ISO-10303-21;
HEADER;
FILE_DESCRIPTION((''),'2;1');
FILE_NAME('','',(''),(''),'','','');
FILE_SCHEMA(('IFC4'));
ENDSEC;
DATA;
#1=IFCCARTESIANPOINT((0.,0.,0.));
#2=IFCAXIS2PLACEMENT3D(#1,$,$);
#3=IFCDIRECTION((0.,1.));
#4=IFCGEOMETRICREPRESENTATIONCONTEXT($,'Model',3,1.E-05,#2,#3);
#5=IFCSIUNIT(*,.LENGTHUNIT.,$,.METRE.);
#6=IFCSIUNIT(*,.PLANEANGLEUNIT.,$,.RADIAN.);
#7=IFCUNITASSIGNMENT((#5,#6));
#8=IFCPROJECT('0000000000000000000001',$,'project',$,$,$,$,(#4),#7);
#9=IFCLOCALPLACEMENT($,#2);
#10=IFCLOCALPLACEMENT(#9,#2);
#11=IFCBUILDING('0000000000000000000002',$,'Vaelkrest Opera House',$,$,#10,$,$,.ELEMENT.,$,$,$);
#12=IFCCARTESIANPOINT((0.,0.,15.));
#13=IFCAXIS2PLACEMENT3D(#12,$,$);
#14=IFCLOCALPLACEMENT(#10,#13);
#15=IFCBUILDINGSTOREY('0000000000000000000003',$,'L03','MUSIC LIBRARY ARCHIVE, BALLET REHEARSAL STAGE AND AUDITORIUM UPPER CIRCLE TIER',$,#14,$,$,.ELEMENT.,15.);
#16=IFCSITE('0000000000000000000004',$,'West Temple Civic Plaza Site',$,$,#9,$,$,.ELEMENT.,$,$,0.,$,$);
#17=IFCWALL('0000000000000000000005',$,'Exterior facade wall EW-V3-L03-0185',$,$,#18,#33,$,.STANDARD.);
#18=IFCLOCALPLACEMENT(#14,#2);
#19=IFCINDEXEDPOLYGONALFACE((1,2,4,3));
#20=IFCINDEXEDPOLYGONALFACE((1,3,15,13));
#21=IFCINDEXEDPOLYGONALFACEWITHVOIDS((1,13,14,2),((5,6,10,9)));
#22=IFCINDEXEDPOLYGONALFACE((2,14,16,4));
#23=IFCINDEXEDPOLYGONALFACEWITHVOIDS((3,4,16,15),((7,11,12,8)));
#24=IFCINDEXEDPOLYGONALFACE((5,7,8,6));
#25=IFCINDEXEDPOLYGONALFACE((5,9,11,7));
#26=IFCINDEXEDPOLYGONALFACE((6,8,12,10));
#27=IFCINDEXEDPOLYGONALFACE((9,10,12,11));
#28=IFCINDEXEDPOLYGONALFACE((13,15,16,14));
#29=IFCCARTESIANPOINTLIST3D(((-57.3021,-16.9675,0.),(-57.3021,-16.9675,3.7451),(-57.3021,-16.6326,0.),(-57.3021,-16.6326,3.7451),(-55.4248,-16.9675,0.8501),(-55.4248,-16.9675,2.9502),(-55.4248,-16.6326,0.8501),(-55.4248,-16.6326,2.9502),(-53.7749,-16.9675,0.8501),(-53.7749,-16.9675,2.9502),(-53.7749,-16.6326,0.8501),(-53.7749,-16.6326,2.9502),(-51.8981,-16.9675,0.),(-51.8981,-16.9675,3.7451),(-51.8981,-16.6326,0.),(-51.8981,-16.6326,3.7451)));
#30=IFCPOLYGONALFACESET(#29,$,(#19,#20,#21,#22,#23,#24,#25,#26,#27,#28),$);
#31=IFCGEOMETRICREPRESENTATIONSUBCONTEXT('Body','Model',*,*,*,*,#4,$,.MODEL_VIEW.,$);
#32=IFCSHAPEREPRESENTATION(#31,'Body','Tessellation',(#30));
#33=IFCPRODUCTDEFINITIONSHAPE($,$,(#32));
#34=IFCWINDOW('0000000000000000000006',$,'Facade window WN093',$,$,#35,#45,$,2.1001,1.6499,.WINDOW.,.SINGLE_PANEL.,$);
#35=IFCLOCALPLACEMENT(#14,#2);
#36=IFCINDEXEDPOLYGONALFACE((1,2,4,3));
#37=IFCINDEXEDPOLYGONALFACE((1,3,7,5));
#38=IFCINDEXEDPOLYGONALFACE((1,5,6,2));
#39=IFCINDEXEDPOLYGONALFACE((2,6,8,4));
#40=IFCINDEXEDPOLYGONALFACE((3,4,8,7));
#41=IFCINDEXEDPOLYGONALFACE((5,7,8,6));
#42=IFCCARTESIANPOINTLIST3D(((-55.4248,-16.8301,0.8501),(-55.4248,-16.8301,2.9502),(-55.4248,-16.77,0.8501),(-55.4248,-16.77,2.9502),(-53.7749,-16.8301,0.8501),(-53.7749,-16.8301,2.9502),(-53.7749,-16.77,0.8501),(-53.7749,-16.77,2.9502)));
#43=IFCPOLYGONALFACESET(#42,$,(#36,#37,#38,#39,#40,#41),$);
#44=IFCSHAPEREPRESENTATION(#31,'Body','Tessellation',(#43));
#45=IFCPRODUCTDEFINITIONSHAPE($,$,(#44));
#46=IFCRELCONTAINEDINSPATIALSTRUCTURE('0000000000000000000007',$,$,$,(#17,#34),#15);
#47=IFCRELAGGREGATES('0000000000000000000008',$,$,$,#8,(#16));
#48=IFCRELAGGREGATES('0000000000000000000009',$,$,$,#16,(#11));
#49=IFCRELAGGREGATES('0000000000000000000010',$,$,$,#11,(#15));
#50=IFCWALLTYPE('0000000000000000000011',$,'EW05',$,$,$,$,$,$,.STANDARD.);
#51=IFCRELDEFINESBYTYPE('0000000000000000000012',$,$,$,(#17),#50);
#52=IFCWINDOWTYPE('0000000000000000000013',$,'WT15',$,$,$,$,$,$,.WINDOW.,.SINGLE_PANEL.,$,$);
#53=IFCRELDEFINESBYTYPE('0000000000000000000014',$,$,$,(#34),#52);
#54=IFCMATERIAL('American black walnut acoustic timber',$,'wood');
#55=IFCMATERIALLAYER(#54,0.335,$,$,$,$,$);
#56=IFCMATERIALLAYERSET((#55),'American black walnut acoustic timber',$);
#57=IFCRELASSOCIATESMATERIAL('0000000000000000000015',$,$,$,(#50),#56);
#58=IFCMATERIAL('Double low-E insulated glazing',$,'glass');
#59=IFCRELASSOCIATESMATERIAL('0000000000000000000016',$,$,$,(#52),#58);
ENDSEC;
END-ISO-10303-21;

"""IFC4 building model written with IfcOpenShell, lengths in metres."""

from ifc_helpers import new_model, si_unit, direction, frame, frame_2d, origin, place, context, subcontext, project, spatial, rectangle, extrude, material, layer, layer_set, type_object, element, fill, save


model = new_model("IFC4")

# Units and contexts
model_context = context("Model", 3, precision=1e-05, world=origin(), true_north=direction((0.0, 1.0)))
body_context = subcontext(model_context, "Body", "Model", "MODEL_VIEW")
ifc_project = project(units=[si_unit("LENGTHUNIT", "METRE"), si_unit("PLANEANGLEUNIT", "RADIAN")], contexts=[model_context])

# Site, building, storey
site_placement = place(None, origin())
site = spatial("IfcSite", under=ifc_project, at=site_placement, Name="West Temple Civic Plaza Site", CompositionType="ELEMENT", RefElevation=0.0)
building_placement = place(site_placement, origin())
building = spatial("IfcBuilding", under=site, at=building_placement, Name="Vaelkrest Opera House", CompositionType="ELEMENT")
storey_placement = place(building_placement, frame((0.0, 0.0, 15.0)))
storey = spatial("IfcBuildingStorey", under=building, at=storey_placement, Name="L03", Description="MUSIC LIBRARY ARCHIVE, BALLET REHEARSAL STAGE AND AUDITORIUM UPPER CIRCLE TIER", CompositionType="ELEMENT", Elevation=15.0)

# Wall, opening, window
ifc_material_1 = material(Name="American black walnut acoustic timber", Category="wood")
ifc_layer_1 = layer(ifc_material_1, 0.335)
ifc_layer_set_1 = layer_set([ifc_layer_1], Name="American black walnut acoustic timber")
wall_type = type_object("IfcWallType", Name="EW05", PredefinedType="STANDARD", material=ifc_layer_set_1)
wall_placement = place(storey_placement, frame((-51.8979, -16.8, 0.0), z_axis=(0.0, 0.0, 1.0), x_axis=(-1.0, 0.0, 0.0)))
wall = element("IfcWall", 1, at=wall_placement, inside=storey, type_object=wall_type, Name="Exterior facade wall EW-V3-L03-0185", PredefinedType="STANDARD", context=body_context, shape_type="SweptSolid", body=[
    extrude(rectangle(XDim=5.4041, YDim=0.335, at=frame_2d((2.7021, 0.0))), origin(), (0.0, 0.0, 1.0), 3.7451),
])
opening_placement = place(wall_placement, frame((1.877, 0.0, 0.8501)))
opening = element("IfcOpeningElement", 2, at=opening_placement, cuts=wall, PredefinedType="OPENING", context=body_context, shape_type="SweptSolid", body=[
    extrude(rectangle(XDim=1.6499, YDim=2.1001, at=frame_2d((0.825, 1.05))), frame((0.0, 0.1775, 0.0), z_axis=(0.0, -1.0, 0.0), x_axis=(1.0, 0.0, 0.0)), (0.0, 0.0, 1.0), 0.355),
])
ifc_material_2 = material(Name="Double low-E insulated glazing", Category="glass")
window_type = type_object("IfcWindowType", Name="WT15", PartitioningType="SINGLE_PANEL", PredefinedType="WINDOW", material=ifc_material_2)
window_placement = place(opening_placement, origin())
window = element("IfcWindow", 3, at=window_placement, inside=storey, type_object=window_type, Name="Facade window WN093", OverallHeight=2.1001, OverallWidth=1.6499, PartitioningType="SINGLE_PANEL", PredefinedType="WINDOW", context=body_context, shape_type="SweptSolid", body=[
    extrude(rectangle(XDim=1.6499, YDim=2.1001, at=frame_2d((0.825, 1.05))), frame((0.0, 0.03, 0.0), z_axis=(0.0, -1.0, 0.0), x_axis=(1.0, 0.0, 0.0)), (0.0, 0.0, 1.0), 0.0601),
])
fill(opening, window)

save(model, "model.ifc")
